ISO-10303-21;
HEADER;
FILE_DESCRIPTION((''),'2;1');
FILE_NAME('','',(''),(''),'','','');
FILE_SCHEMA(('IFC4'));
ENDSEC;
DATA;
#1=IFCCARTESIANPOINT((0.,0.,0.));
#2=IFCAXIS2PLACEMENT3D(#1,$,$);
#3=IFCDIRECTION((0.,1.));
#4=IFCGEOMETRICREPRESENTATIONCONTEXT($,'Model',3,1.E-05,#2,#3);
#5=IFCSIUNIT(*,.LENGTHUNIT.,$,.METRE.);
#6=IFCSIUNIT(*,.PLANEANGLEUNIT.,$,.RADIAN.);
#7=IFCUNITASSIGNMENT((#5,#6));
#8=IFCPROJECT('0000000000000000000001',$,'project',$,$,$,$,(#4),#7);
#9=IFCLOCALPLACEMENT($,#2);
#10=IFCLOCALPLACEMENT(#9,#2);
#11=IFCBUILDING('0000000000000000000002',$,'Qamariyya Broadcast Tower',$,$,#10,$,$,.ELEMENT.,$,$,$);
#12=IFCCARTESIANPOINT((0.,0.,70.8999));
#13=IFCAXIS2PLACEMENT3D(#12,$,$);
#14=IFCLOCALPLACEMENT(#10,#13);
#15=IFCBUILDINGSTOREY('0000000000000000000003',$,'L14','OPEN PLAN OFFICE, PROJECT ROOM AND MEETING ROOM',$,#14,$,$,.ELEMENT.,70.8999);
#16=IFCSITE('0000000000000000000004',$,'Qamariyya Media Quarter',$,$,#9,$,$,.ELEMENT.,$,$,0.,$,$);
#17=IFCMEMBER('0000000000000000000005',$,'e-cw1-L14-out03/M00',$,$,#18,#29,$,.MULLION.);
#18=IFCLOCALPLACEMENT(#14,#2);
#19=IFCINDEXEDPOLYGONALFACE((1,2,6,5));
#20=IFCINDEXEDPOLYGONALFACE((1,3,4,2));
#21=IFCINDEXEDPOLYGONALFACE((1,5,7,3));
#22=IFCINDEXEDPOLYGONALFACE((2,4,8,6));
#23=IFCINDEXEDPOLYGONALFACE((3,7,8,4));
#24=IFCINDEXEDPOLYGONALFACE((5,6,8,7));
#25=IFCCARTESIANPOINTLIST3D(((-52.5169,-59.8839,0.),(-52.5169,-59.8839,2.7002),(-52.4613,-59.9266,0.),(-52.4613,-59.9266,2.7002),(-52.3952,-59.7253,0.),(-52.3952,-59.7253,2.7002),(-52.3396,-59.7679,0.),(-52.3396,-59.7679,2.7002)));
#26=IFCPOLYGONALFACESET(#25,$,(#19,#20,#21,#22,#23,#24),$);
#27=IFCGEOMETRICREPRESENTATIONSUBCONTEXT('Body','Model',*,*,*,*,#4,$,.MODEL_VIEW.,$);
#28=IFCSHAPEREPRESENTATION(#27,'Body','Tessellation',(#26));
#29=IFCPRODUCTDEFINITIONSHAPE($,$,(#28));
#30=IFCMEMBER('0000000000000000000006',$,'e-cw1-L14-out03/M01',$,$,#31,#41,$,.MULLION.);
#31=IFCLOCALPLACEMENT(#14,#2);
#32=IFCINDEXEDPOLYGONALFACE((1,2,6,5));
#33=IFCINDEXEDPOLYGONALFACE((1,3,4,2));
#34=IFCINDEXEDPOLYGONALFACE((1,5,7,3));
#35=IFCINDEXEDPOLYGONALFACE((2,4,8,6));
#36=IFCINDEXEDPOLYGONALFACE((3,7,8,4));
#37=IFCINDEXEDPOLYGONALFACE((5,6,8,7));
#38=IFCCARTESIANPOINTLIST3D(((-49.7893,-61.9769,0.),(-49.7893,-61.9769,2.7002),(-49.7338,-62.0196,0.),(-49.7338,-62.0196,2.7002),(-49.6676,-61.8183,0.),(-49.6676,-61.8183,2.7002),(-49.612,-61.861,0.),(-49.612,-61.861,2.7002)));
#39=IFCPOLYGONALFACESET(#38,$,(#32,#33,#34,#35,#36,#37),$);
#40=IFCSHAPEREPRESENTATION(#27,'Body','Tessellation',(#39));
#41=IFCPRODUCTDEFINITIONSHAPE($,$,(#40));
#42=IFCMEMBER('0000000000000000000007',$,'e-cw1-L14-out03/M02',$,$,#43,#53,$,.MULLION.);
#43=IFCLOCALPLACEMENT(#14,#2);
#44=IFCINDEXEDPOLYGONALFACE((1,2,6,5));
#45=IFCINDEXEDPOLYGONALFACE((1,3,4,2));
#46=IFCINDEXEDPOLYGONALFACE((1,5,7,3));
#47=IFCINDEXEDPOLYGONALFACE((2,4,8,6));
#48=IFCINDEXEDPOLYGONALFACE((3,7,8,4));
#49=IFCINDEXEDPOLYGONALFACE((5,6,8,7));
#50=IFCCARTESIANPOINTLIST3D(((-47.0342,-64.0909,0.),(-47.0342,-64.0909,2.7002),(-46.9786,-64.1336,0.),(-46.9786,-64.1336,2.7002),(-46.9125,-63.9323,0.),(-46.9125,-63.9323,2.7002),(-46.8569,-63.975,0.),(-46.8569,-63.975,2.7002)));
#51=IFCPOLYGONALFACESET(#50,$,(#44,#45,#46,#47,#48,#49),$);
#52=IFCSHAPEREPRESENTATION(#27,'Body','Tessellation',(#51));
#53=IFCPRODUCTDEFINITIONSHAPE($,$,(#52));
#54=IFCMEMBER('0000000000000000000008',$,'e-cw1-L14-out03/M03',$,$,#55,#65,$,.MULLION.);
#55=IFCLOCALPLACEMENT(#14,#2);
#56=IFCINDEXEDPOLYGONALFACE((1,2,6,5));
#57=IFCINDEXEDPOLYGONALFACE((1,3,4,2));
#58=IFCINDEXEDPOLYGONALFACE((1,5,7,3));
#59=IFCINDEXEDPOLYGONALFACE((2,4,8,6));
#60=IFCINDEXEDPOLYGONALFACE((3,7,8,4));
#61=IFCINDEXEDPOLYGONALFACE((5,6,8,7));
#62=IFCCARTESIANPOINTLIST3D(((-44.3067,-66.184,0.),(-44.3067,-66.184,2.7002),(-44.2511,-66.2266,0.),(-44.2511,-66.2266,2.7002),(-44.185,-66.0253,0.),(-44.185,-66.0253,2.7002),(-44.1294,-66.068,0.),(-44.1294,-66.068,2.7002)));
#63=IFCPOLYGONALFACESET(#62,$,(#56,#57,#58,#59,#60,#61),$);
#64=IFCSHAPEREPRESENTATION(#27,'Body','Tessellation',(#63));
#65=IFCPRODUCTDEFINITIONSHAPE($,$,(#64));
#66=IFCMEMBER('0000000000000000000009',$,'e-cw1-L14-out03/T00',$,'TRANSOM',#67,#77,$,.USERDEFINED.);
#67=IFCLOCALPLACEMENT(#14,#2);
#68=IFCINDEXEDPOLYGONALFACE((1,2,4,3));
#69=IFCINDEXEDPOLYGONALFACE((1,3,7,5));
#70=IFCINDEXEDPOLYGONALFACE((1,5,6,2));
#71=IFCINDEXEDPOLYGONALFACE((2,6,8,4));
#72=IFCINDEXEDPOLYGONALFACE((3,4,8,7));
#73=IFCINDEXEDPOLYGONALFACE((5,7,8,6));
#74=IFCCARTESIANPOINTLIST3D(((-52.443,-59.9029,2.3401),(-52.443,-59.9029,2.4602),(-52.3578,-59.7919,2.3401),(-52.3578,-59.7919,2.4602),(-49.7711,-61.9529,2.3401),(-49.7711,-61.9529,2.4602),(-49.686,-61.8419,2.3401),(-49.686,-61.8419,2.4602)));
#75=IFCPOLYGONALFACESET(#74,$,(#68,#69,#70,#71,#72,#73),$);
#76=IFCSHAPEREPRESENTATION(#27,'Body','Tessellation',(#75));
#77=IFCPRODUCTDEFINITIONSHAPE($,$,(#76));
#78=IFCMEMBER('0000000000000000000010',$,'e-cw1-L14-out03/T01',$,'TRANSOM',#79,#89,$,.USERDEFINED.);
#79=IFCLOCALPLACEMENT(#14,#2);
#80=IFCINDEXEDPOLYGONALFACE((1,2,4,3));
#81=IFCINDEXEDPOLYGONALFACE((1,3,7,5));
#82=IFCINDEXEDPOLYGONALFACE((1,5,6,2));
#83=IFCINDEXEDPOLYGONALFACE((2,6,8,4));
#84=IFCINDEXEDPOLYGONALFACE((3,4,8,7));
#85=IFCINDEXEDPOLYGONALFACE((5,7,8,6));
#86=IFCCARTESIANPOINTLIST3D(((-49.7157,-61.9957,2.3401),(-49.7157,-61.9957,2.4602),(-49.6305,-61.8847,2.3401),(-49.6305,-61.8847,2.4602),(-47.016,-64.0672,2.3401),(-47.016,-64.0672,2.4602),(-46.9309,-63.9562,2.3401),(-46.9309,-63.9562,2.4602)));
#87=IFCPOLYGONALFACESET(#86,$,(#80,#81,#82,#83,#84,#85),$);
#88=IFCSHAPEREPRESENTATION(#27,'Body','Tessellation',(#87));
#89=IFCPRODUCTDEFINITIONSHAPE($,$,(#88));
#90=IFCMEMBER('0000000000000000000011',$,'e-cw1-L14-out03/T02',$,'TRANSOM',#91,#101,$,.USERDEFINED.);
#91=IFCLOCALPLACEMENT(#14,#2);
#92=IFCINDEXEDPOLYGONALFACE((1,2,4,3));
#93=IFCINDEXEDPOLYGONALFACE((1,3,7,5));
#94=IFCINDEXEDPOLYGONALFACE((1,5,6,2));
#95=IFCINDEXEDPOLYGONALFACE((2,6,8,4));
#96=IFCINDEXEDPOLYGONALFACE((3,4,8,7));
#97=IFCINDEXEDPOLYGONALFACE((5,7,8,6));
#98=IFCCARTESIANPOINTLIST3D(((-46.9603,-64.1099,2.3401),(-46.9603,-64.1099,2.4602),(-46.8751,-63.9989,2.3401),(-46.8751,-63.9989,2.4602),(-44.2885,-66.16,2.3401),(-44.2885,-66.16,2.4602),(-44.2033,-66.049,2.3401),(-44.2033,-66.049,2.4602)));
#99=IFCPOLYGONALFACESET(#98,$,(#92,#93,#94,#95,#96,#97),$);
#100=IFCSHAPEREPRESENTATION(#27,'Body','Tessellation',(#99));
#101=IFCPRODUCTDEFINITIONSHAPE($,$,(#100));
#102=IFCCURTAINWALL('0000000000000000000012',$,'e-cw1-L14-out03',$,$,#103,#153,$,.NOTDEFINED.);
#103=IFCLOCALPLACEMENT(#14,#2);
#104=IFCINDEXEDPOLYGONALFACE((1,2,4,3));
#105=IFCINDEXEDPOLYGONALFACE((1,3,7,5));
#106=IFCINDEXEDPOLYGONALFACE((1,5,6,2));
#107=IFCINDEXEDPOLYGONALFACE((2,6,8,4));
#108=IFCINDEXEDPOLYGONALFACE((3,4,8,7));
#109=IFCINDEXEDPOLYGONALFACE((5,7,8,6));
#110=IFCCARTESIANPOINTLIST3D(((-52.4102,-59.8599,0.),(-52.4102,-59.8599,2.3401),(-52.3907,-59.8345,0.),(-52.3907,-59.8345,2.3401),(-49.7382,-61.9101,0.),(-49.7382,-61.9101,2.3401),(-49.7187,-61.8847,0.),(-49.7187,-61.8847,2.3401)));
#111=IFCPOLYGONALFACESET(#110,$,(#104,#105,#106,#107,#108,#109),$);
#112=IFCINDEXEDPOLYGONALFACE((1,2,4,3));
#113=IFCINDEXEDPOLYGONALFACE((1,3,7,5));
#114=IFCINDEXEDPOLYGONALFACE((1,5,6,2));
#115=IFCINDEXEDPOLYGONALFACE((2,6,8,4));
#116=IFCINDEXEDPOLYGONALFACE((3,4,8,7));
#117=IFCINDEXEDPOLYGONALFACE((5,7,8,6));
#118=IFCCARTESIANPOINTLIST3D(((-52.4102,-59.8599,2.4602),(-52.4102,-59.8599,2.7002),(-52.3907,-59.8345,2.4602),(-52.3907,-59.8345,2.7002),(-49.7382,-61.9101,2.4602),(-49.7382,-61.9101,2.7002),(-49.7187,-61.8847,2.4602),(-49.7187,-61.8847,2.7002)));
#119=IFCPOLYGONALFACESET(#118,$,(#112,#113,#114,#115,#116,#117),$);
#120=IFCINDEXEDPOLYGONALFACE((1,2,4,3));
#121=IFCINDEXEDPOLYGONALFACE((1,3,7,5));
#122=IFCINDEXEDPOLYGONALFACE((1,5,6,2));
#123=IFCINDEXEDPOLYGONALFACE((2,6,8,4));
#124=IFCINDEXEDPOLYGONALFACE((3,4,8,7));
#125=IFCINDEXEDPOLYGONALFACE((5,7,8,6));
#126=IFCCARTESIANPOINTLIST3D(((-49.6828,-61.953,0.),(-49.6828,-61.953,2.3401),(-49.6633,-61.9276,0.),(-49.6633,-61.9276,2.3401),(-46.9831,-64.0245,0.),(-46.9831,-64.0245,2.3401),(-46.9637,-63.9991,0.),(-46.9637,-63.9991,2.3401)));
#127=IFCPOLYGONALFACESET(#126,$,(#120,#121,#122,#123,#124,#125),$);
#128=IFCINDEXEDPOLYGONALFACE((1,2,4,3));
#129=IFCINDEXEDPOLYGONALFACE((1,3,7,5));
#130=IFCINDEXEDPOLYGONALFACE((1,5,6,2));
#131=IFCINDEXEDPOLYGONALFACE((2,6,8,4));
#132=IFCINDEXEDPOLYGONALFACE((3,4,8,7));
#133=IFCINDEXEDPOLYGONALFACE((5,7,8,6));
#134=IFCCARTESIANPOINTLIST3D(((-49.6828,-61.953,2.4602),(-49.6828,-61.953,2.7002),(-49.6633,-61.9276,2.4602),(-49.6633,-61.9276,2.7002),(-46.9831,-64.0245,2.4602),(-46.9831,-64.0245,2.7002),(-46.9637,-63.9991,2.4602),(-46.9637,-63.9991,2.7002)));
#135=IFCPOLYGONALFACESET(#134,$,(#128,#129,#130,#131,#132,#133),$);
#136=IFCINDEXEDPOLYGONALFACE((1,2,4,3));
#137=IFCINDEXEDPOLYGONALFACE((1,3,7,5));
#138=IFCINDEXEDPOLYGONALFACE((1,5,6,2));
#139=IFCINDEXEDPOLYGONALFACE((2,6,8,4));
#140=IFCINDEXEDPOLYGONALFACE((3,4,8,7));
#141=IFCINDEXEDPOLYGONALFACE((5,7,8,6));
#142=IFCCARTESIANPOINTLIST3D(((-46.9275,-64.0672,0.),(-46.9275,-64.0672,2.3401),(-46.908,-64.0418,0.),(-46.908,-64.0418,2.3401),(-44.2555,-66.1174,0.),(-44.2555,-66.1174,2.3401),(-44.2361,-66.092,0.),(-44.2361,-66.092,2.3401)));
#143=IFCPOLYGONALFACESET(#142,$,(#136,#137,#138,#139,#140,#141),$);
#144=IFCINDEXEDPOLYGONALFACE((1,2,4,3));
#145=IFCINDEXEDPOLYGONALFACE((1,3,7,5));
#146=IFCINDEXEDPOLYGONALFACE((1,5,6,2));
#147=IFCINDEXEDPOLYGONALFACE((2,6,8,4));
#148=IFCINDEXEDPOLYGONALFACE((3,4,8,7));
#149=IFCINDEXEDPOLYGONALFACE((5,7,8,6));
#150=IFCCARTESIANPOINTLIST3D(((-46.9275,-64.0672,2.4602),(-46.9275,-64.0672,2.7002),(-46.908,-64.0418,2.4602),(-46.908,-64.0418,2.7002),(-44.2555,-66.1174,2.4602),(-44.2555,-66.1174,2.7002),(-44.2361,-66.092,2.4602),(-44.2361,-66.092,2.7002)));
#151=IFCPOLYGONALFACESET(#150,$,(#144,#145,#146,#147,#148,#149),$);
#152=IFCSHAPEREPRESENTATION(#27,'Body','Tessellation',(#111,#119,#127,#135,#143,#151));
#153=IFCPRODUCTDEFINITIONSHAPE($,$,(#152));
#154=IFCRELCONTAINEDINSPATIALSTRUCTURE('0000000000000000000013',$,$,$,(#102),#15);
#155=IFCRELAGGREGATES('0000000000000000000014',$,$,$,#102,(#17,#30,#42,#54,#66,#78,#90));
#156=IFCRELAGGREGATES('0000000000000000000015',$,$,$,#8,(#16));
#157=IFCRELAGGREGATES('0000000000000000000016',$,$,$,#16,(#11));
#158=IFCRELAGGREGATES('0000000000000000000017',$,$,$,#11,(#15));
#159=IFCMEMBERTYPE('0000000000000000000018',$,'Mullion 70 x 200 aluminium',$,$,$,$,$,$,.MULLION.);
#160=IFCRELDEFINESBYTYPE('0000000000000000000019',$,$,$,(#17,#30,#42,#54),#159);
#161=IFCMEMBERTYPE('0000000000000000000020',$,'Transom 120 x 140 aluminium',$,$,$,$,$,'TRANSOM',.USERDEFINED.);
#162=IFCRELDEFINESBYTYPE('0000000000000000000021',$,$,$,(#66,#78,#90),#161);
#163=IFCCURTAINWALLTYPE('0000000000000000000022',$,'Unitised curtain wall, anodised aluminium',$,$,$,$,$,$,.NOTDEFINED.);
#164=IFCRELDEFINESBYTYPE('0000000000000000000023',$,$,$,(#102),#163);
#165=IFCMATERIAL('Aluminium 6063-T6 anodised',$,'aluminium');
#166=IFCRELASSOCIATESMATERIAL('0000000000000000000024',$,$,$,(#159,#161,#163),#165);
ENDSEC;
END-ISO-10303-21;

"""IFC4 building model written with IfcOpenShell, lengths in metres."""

from ifc_helpers import new_model, si_unit, direction, frame, origin, origin_2d, place, context, subcontext, project, spatial, rectangle, extrude, material, material_profile, profile_set, type_object, element, aggregate, save


model = new_model("IFC4")

# Units and contexts
model_context = context("Model", 3, precision=1e-05, world=origin(), true_north=direction((0.0, 1.0)))
body_context = subcontext(model_context, "Body", "Model", "MODEL_VIEW")
ifc_project = project(units=[si_unit("LENGTHUNIT", "METRE"), si_unit("PLANEANGLEUNIT", "RADIAN")], contexts=[model_context])

# Members
ifc_material_1 = material(Name="Aluminium 6063-T6 anodised", Category="aluminium")
ifc_material_profile_1 = material_profile(ifc_material_1, rectangle(XDim=0.2, YDim=0.0701, at=origin_2d()))
ifc_profile_set_1 = profile_set([ifc_material_profile_1], Name="Aluminium 6063-T6 anodised")
member_type_1 = type_object("IfcMemberType", Name="Mullion 70 x 200 aluminium", PredefinedType="MULLION", material=ifc_profile_set_1)
site_placement = place(None, origin())
building_placement = place(site_placement, origin())
storey_placement = place(building_placement, frame((0.0, 0.0, 70.8999)))
member_1_placement = place(storey_placement, frame((-52.4282, -59.8259, 0.0), z_axis=(0.0, 0.0, 1.0), x_axis=(0.608761, 0.793353, 0.0)))
member_1 = element("IfcMember", 1, at=member_1_placement, type_object=member_type_1, Name="e-cw1-L14-out03/M00", PredefinedType="MULLION", context=body_context, shape_type="SweptSolid", body=[
    extrude(rectangle(XDim=0.2, YDim=0.0701, at=origin_2d()), origin(), (0.0, 0.0, 1.0), 2.7002),
])
member_2_placement = place(storey_placement, frame((-49.7007, -61.9189, 0.0), z_axis=(0.0, 0.0, 1.0), x_axis=(0.608761, 0.793353, 0.0)))
member_2 = element("IfcMember", 2, at=member_2_placement, type_object=member_type_1, Name="e-cw1-L14-out03/M01", PredefinedType="MULLION", context=body_context, shape_type="SweptSolid", body=[
    extrude(rectangle(XDim=0.2, YDim=0.0701, at=origin_2d()), origin(), (0.0, 0.0, 1.0), 2.7002),
])
member_3_placement = place(storey_placement, frame((-46.9456, -64.033, 0.0), z_axis=(0.0, 0.0, 1.0), x_axis=(0.608761, 0.793353, 0.0)))
member_3 = element("IfcMember", 3, at=member_3_placement, type_object=member_type_1, Name="e-cw1-L14-out03/M02", PredefinedType="MULLION", context=body_context, shape_type="SweptSolid", body=[
    extrude(rectangle(XDim=0.2, YDim=0.0701, at=origin_2d()), origin(), (0.0, 0.0, 1.0), 2.7002),
])
member_4_placement = place(storey_placement, frame((-44.218, -66.126, 0.0), z_axis=(0.0, 0.0, 1.0), x_axis=(0.608761, 0.793353, 0.0)))
member_4 = element("IfcMember", 4, at=member_4_placement, type_object=member_type_1, Name="e-cw1-L14-out03/M03", PredefinedType="MULLION", context=body_context, shape_type="SweptSolid", body=[
    extrude(rectangle(XDim=0.2, YDim=0.0701, at=origin_2d()), origin(), (0.0, 0.0, 1.0), 2.7002),
])
ifc_material_profile_2 = material_profile(ifc_material_1, rectangle(XDim=0.1399, YDim=0.1201, at=origin_2d()))
ifc_profile_set_2 = profile_set([ifc_material_profile_2], Name="Aluminium 6063-T6 anodised")
member_type_2 = type_object("IfcMemberType", Name="Transom 120 x 140 aluminium", ElementType="TRANSOM", PredefinedType="USERDEFINED", material=ifc_profile_set_2)
member_5_placement = place(storey_placement, frame((-52.4004, -59.8474, 2.4001), z_axis=(0.793375, -0.608733, 0.0), x_axis=(0.608733, 0.793375, 0.0)))
member_5 = element("IfcMember", 5, at=member_5_placement, type_object=member_type_2, Name="e-cw1-L14-out03/T00", ObjectType="TRANSOM", PredefinedType="USERDEFINED", context=body_context, shape_type="SweptSolid", body=[
    extrude(rectangle(XDim=0.1399, YDim=0.1201, at=origin_2d()), origin(), (0.0, 0.0, 1.0), 3.3677),
])
member_6_placement = place(storey_placement, frame((-49.6731, -61.9402, 2.4001), z_axis=(0.793357, -0.608757, 0.0), x_axis=(0.608757, 0.793357, 0.0)))
member_6 = element("IfcMember", 6, at=member_6_placement, type_object=member_type_2, Name="e-cw1-L14-out03/T01", ObjectType="TRANSOM", PredefinedType="USERDEFINED", context=body_context, shape_type="SweptSolid", body=[
    extrude(rectangle(XDim=0.1399, YDim=0.1201, at=origin_2d()), origin(), (0.0, 0.0, 1.0), 3.4028),
])
member_7_placement = place(storey_placement, frame((-46.9177, -64.0544, 2.4001), z_axis=(0.793375, -0.608733, 0.0), x_axis=(0.608733, 0.793375, 0.0)))
member_7 = element("IfcMember", 7, at=member_7_placement, type_object=member_type_2, Name="e-cw1-L14-out03/T02", ObjectType="TRANSOM", PredefinedType="USERDEFINED", context=body_context, shape_type="SweptSolid", body=[
    extrude(rectangle(XDim=0.1399, YDim=0.1201, at=origin_2d()), origin(), (0.0, 0.0, 1.0), 3.3677),
])

# Site, building, storey
site = spatial("IfcSite", under=ifc_project, at=site_placement, Name="Qamariyya Media Quarter", CompositionType="ELEMENT", RefElevation=0.0)
building = spatial("IfcBuilding", under=site, at=building_placement, Name="Qamariyya Broadcast Tower", CompositionType="ELEMENT")
storey = spatial("IfcBuildingStorey", under=building, at=storey_placement, Name="L14", Description="OPEN PLAN OFFICE, PROJECT ROOM AND MEETING ROOM", CompositionType="ELEMENT", Elevation=70.8999)

# Curtain wall
curtain_wall_type = type_object("IfcCurtainWallType", Name="Unitised curtain wall, anodised aluminium", PredefinedType="NOTDEFINED", material=ifc_material_1)
curtain_wall_1_placement = place(storey_placement, origin())
curtain_wall_1 = element("IfcCurtainWall", 8, at=curtain_wall_1_placement, inside=storey, type_object=curtain_wall_type, Name="e-cw1-L14-out03", PredefinedType="NOTDEFINED", context=body_context, shape_type="SweptSolid", body=[
    extrude(rectangle(XDim=3.3679, YDim=0.032, at=origin_2d()), frame((-51.0645, -60.8723, 0.0), x_axis=(0.793358, -0.608756, 0.0)), (0.0, 0.0, 1.0), 2.3401),
    extrude(rectangle(XDim=3.3679, YDim=0.032, at=origin_2d()), frame((-51.0645, -60.8723, 2.4602), x_axis=(0.793358, -0.608756, 0.0)), (0.0, 0.0, 1.0), 0.24),
    extrude(rectangle(XDim=3.4028, YDim=0.032, at=origin_2d()), frame((-48.3232, -62.9761, 0.0), x_axis=(0.793358, -0.608756, 0.0)), (0.0, 0.0, 1.0), 2.3401),
    extrude(rectangle(XDim=3.4028, YDim=0.032, at=origin_2d()), frame((-48.3232, -62.9761, 2.4602), x_axis=(0.793358, -0.608756, 0.0)), (0.0, 0.0, 1.0), 0.24),
    extrude(rectangle(XDim=3.3679, YDim=0.032, at=origin_2d()), frame((-45.5818, -65.0796, 0.0), x_axis=(0.793358, -0.608756, 0.0)), (0.0, 0.0, 1.0), 2.3401),
    extrude(rectangle(XDim=3.3679, YDim=0.032, at=origin_2d()), frame((-45.5818, -65.0796, 2.4602), x_axis=(0.793358, -0.608756, 0.0)), (0.0, 0.0, 1.0), 0.24),
])
aggregate(curtain_wall_1, [member_1, member_2, member_3, member_4, member_5, member_6, member_7])

save(model, "model.ifc")
